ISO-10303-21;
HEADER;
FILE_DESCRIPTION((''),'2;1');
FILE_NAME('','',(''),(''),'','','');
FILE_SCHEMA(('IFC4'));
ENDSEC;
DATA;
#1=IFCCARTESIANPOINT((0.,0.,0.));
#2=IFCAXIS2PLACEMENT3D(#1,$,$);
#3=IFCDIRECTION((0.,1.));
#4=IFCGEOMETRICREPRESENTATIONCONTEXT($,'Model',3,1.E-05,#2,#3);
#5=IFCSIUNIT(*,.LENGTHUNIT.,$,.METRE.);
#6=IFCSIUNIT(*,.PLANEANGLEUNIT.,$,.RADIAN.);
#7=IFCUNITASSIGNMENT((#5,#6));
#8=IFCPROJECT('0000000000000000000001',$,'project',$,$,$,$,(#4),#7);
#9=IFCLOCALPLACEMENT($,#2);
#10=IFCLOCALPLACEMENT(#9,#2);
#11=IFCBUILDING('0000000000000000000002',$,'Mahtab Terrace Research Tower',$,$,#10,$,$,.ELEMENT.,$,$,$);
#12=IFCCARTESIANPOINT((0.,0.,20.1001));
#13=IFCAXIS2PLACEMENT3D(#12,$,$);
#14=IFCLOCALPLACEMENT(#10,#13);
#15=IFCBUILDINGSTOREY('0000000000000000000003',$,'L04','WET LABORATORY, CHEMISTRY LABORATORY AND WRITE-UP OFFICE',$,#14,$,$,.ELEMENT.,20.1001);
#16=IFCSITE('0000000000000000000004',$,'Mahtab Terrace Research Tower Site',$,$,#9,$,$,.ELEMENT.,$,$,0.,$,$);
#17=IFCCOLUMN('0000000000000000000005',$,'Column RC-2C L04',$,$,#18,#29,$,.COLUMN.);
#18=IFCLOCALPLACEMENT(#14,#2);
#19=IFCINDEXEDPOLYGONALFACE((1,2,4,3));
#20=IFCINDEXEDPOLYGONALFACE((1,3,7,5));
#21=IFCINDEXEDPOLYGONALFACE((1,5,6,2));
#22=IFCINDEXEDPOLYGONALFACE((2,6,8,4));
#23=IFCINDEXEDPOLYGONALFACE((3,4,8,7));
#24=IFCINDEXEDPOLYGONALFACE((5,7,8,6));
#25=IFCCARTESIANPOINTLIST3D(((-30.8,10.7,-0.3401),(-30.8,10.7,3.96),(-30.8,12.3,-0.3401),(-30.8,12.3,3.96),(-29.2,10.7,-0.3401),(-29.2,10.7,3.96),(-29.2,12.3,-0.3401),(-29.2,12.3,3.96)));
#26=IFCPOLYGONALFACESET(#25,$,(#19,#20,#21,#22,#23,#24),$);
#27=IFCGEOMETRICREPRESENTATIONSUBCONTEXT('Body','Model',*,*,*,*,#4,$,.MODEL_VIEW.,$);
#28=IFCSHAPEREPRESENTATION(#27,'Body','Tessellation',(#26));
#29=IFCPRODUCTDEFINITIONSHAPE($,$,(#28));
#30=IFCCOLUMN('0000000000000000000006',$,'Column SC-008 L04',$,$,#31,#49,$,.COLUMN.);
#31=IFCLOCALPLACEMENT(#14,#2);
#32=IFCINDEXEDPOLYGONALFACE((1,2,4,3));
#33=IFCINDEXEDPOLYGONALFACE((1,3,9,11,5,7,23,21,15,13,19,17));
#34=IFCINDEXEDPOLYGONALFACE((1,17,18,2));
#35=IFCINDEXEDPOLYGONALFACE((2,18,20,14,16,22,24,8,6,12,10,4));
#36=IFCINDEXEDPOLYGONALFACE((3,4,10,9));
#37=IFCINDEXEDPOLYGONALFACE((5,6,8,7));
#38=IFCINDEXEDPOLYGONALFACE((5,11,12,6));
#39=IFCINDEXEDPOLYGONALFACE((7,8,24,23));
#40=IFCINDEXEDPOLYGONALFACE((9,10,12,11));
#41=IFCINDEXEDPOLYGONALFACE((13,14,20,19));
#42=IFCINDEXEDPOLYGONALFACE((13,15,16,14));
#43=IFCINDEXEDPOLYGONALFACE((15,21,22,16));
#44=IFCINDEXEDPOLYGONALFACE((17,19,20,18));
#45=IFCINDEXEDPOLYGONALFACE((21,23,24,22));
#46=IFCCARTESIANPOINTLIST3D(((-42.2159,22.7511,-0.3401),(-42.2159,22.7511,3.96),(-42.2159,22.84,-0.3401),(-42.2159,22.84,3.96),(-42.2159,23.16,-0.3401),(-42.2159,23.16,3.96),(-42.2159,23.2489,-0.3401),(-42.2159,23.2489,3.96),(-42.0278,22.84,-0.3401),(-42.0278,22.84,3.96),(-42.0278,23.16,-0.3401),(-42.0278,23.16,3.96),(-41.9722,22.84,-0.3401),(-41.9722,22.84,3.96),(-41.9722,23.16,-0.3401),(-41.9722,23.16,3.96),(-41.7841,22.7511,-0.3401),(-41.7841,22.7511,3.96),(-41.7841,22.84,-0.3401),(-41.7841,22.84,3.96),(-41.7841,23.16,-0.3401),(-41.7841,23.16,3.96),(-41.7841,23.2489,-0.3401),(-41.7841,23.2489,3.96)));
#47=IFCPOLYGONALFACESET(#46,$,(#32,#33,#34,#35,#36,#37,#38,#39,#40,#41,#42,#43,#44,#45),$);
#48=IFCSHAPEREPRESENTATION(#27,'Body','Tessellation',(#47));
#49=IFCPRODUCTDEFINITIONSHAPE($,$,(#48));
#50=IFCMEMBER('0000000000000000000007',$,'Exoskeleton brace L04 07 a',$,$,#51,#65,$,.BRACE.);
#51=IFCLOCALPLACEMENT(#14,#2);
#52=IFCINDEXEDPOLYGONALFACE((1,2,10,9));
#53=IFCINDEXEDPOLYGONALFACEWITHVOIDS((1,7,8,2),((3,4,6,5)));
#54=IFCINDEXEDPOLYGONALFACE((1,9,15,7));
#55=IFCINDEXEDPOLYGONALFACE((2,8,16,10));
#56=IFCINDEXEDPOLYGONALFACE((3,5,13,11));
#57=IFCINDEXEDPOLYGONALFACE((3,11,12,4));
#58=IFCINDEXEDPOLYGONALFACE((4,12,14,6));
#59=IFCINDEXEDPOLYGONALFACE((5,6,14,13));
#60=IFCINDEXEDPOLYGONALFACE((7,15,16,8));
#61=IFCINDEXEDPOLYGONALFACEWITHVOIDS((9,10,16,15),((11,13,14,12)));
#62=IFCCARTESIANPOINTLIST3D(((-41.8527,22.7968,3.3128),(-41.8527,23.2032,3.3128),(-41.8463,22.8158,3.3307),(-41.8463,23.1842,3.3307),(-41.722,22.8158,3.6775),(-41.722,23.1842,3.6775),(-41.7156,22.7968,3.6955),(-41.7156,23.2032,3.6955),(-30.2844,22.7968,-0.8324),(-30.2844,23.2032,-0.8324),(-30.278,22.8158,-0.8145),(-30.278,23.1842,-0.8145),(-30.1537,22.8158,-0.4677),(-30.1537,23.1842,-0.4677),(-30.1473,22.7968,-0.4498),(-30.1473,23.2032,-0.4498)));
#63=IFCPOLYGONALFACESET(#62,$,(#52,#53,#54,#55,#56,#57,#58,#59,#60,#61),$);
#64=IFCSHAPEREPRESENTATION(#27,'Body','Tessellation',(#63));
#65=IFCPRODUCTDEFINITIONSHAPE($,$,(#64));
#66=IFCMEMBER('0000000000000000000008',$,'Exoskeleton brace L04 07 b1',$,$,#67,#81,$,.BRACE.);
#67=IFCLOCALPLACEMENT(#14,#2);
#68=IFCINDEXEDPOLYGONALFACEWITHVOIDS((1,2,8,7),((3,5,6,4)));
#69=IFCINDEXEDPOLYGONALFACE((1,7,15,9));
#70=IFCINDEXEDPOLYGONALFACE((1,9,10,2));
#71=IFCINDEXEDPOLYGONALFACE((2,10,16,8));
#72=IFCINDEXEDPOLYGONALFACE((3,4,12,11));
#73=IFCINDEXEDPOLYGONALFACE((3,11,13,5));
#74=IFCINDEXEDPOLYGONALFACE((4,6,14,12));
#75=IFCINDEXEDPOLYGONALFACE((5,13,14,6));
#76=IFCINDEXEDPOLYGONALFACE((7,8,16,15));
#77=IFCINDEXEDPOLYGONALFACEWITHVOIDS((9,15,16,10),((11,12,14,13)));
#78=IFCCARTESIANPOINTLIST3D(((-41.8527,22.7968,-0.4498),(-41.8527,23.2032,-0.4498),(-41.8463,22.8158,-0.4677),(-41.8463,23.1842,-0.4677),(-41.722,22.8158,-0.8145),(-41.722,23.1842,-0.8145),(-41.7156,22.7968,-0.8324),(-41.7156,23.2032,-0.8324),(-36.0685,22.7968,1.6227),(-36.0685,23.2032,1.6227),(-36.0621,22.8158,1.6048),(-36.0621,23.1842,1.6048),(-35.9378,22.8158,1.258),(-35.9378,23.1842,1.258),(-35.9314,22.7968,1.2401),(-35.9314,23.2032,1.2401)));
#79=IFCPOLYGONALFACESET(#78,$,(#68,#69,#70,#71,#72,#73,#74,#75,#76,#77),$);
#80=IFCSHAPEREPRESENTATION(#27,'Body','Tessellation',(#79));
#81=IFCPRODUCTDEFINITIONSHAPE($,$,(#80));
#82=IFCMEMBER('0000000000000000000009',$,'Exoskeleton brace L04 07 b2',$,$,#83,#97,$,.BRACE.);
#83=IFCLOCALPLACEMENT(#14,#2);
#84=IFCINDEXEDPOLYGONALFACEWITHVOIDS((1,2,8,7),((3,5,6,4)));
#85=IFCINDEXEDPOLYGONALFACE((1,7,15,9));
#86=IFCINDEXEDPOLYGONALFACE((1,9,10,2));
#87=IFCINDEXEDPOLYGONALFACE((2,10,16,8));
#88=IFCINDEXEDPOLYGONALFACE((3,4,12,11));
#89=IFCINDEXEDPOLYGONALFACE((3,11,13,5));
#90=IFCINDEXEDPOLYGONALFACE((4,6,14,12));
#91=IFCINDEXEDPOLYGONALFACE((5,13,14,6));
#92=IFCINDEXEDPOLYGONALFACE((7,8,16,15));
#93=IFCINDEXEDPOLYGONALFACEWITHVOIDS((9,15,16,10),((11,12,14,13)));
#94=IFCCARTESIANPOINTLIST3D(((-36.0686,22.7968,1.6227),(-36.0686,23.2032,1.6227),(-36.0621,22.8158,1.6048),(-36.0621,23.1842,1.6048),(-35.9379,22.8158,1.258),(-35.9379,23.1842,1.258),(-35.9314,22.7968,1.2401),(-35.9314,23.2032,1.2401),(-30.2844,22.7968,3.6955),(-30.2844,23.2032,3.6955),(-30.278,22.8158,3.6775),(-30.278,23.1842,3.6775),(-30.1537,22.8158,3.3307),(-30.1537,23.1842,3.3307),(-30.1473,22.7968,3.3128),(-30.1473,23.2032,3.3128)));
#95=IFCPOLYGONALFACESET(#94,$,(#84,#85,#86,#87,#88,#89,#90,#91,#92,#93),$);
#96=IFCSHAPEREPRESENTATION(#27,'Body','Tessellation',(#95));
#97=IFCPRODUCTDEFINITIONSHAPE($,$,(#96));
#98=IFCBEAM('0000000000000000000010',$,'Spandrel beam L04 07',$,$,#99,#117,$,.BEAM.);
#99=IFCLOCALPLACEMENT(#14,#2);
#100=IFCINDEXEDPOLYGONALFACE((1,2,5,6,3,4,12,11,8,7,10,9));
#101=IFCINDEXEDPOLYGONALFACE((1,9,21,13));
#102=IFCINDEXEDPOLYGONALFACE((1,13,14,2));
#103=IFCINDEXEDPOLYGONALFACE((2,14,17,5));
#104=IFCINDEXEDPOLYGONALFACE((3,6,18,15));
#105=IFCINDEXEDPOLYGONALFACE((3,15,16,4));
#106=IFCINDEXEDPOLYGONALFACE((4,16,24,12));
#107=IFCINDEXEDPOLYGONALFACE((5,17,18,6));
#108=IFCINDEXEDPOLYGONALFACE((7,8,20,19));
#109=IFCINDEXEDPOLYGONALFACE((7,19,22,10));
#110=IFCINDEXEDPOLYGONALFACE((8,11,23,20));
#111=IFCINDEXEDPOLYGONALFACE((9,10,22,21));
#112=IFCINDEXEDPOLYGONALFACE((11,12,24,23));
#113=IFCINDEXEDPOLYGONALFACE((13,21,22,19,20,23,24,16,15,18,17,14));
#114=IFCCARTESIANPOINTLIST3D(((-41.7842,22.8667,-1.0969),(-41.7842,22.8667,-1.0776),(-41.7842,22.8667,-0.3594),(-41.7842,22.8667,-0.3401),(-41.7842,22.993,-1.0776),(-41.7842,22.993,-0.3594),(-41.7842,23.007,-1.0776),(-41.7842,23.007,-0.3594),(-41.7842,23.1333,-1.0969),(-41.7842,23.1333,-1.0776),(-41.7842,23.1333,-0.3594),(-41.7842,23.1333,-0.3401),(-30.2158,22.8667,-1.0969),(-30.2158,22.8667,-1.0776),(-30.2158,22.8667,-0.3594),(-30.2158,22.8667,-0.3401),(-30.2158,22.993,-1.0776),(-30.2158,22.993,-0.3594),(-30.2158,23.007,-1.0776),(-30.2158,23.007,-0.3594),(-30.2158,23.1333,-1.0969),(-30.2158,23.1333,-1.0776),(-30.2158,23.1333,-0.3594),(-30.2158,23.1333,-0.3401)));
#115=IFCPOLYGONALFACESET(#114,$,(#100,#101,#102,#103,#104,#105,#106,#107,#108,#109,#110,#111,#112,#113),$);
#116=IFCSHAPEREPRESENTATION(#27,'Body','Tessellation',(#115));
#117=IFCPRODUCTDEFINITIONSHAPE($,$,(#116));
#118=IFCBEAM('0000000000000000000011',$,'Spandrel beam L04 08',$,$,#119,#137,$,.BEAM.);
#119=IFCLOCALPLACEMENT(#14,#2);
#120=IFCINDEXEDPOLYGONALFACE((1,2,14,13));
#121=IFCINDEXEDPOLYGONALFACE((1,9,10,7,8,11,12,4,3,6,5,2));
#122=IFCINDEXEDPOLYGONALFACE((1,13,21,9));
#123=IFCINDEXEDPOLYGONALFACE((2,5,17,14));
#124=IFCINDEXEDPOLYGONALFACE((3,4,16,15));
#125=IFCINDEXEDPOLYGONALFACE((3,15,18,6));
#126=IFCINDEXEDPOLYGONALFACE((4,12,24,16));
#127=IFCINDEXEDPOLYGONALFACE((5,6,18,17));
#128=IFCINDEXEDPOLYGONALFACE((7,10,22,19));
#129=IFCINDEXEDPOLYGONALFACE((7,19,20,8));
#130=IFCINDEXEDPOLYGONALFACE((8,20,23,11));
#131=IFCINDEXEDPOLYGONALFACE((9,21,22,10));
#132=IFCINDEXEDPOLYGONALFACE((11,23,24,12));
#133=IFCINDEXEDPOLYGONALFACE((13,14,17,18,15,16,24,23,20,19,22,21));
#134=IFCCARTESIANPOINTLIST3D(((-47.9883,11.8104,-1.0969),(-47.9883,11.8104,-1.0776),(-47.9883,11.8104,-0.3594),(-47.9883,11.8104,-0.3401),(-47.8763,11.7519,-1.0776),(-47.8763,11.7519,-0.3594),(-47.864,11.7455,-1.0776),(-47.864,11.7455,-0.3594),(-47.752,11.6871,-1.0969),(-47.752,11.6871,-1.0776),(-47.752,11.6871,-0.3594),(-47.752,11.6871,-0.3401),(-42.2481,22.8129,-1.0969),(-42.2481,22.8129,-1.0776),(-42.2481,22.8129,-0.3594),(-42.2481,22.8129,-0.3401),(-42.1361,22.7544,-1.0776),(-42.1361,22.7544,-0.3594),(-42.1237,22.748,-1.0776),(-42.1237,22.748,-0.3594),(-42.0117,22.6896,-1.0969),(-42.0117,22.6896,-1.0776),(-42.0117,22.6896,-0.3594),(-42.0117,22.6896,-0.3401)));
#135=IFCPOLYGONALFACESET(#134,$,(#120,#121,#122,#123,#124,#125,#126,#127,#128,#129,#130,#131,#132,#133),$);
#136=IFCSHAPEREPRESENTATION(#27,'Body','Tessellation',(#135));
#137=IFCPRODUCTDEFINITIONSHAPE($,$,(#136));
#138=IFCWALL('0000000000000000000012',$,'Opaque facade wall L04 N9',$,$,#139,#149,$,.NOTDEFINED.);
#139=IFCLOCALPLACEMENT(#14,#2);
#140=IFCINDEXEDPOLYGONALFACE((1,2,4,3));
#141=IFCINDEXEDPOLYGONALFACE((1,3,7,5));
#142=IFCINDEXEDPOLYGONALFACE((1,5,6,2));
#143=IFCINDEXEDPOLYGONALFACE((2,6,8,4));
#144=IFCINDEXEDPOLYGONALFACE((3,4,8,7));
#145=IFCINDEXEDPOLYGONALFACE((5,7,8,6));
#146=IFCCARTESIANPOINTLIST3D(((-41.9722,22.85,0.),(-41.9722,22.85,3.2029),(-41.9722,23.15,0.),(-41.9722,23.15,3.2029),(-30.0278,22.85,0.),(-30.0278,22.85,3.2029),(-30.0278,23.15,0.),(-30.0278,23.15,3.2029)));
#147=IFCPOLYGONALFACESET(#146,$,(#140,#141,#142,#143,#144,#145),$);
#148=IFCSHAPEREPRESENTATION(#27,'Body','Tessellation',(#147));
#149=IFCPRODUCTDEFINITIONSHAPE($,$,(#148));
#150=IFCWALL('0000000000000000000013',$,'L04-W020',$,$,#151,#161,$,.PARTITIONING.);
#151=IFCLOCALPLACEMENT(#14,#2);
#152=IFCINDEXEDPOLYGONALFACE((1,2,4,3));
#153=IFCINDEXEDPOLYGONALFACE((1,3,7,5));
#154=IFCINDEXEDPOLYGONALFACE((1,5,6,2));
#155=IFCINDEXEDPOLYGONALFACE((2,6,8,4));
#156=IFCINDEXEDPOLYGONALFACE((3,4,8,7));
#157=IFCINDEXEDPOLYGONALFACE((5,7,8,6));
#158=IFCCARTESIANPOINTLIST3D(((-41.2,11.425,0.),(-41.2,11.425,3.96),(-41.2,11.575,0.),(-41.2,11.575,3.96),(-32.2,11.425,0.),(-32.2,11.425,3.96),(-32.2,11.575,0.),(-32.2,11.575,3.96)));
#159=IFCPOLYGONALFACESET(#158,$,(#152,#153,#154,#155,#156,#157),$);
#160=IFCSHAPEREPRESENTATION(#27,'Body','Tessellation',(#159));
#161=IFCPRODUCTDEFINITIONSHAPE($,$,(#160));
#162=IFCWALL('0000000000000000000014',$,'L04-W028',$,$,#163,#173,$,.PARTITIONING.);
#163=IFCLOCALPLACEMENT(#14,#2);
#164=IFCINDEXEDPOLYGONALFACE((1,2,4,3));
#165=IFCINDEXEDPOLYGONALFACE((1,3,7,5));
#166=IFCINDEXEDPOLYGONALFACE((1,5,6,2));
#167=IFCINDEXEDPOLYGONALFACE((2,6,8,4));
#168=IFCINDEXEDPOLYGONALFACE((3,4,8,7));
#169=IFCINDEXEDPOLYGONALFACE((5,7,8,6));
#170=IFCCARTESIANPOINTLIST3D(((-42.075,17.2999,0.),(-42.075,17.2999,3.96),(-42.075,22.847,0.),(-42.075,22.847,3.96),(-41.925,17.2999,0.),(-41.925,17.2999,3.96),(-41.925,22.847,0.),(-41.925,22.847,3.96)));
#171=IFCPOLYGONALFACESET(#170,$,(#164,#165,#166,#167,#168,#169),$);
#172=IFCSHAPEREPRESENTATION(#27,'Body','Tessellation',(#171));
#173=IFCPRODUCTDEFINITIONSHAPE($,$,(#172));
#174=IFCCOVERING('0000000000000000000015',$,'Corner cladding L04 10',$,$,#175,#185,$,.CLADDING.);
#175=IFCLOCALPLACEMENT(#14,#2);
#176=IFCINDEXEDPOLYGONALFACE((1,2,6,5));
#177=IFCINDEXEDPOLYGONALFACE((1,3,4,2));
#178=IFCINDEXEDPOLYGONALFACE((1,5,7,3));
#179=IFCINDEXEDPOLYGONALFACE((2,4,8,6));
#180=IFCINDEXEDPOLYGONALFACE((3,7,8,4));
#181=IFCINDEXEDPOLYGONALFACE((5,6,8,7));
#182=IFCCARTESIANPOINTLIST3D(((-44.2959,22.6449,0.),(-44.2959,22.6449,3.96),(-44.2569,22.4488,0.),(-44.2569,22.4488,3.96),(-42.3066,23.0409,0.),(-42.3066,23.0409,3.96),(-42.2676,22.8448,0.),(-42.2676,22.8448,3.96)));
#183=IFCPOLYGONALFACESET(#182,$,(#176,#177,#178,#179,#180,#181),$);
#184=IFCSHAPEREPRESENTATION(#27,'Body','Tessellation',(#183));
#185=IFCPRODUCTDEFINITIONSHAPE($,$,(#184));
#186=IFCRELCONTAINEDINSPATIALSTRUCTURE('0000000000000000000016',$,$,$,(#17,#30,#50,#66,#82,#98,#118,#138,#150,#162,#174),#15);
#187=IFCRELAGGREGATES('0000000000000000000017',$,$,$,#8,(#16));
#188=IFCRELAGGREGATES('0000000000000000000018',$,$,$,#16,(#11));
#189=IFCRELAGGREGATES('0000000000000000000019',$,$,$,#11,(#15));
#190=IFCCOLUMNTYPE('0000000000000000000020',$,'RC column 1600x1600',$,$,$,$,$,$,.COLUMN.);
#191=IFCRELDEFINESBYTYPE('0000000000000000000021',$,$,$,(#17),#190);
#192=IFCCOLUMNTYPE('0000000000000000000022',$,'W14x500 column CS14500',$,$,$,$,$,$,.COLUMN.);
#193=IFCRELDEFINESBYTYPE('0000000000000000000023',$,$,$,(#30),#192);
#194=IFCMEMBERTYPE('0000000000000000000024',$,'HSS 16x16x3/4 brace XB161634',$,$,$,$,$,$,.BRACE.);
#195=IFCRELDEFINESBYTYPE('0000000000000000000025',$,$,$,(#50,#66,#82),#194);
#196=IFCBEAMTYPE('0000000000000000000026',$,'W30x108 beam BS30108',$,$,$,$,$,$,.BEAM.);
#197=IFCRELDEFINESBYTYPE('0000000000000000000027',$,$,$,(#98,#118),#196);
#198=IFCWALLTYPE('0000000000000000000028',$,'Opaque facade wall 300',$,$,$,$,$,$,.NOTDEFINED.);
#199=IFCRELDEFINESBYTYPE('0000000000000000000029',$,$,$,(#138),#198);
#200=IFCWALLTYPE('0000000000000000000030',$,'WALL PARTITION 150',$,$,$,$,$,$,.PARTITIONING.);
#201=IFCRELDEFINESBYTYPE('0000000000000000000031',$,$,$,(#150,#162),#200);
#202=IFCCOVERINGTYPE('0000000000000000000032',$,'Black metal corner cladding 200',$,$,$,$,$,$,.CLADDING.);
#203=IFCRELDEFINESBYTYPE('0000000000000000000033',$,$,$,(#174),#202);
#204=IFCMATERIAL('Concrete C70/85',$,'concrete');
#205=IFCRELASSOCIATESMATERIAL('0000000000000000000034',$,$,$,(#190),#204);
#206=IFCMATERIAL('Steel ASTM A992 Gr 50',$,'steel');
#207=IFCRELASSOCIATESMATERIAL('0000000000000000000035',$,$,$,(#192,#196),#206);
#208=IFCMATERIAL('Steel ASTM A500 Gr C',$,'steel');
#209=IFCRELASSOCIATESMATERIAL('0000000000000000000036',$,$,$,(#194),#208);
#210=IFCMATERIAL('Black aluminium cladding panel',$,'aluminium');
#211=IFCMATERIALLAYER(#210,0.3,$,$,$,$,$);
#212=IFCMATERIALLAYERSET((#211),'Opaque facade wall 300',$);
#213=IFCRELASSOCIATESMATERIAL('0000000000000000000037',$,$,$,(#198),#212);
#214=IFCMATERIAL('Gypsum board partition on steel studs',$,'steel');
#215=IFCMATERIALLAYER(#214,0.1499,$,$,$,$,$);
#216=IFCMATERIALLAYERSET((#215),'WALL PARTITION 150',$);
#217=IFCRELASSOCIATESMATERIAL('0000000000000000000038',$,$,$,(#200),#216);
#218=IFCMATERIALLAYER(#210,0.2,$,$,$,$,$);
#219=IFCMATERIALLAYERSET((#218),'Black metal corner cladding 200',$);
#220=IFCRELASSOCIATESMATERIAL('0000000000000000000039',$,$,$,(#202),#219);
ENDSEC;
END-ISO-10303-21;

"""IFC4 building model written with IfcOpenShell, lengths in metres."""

from ifc_helpers import new_model, si_unit, direction, frame, frame_2d, origin, origin_2d, place, context, subcontext, project, spatial, rectangle, hollow_rectangle, i_section, extrude, material, layer, layer_set, material_profile, profile_set, type_object, element, save


model = new_model("IFC4")

# Units and contexts
model_context = context("Model", 3, precision=1e-05, world=origin(), true_north=direction((0.0, 1.0)))
body_context = subcontext(model_context, "Body", "Model", "MODEL_VIEW")
ifc_project = project(units=[si_unit("LENGTHUNIT", "METRE"), si_unit("PLANEANGLEUNIT", "RADIAN")], contexts=[model_context])

# Site, building, storey
site_placement = place(None, origin())
site = spatial("IfcSite", under=ifc_project, at=site_placement, Name="Mahtab Terrace Research Tower Site", CompositionType="ELEMENT", RefElevation=0.0)
building_placement = place(site_placement, origin())
building = spatial("IfcBuilding", under=site, at=building_placement, Name="Mahtab Terrace Research Tower", CompositionType="ELEMENT")
storey_placement = place(building_placement, frame((0.0, 0.0, 20.1001)))
storey = spatial("IfcBuildingStorey", under=building, at=storey_placement, Name="L04", Description="WET LABORATORY, CHEMISTRY LABORATORY AND WRITE-UP OFFICE", CompositionType="ELEMENT", Elevation=20.1001)

# Columns
ifc_material_1 = material(Name="Concrete C70/85", Category="concrete")
ifc_material_profile_1 = material_profile(ifc_material_1, rectangle(XDim=1.6001, YDim=1.6001, at=origin_2d()), Name="RC column 1600x1600")
ifc_profile_set_1 = profile_set([ifc_material_profile_1], Name="Concrete C70/85")
column_type_1 = type_object("IfcColumnType", Name="RC column 1600x1600", PredefinedType="COLUMN", material=ifc_profile_set_1)
column_1_placement = place(storey_placement, frame((-30.0, 11.5, -0.3401), z_axis=(0.0, 0.0, 1.0), x_axis=(1.0, 0.0, 0.0)))
element("IfcColumn", 1, at=column_1_placement, inside=storey, type_object=column_type_1, Name="Column RC-2C L04", PredefinedType="COLUMN", context=body_context, shape_type="SweptSolid", body=[
    extrude(rectangle(XDim=1.6001, YDim=1.6001, at=origin_2d()), origin(), (0.0, 0.0, 1.0), 4.3),
])
ifc_material_2 = material(Name="Steel ASTM A992 Gr 50", Category="steel")
ifc_material_profile_2 = material_profile(ifc_material_2, i_section(OverallWidth=0.4319, OverallDepth=0.4978, WebThickness=0.0557, FlangeThickness=0.0889, at=origin_2d()), Name="W14X500")
ifc_profile_set_2 = profile_set([ifc_material_profile_2], Name="Steel ASTM A992 Gr 50")
column_type_2 = type_object("IfcColumnType", Name="W14x500 column CS14500", PredefinedType="COLUMN", material=ifc_profile_set_2)
column_2_placement = place(storey_placement, frame((-42.0, 23.0, -0.3401), z_axis=(0.0, 0.0, 1.0), x_axis=(1.0, 0.0, 0.0)))
element("IfcColumn", 2, at=column_2_placement, inside=storey, type_object=column_type_2, Name="Column SC-008 L04", PredefinedType="COLUMN", context=body_context, shape_type="SweptSolid", body=[
    extrude(i_section(OverallWidth=0.4319, OverallDepth=0.4978, WebThickness=0.0557, FlangeThickness=0.0889, at=origin_2d()), origin(), (0.0, 0.0, 1.0), 4.3),
])

# Members
ifc_material_3 = material(Name="Steel ASTM A500 Gr C", Category="steel")
ifc_material_profile_3 = material_profile(ifc_material_3, hollow_rectangle(XDim=0.4065, YDim=0.4065, WallThickness=0.019, at=origin_2d()), Name="HSS16X16X3/4")
ifc_profile_set_3 = profile_set([ifc_material_profile_3], Name="Steel ASTM A500 Gr C")
member_type = type_object("IfcMemberType", Name="HSS 16x16x3/4 brace XB161634", PredefinedType="BRACE", material=ifc_profile_set_3)
member_placement = place(storey_placement, frame((-30.2158, 23.0, -0.6411), z_axis=(-0.941388, 0.0, 0.337325), x_axis=(0.0, -1.0, 0.0)))
element("IfcMember", 3, at=member_placement, inside=storey, type_object=member_type, Name="Exoskeleton brace L04 07 a", PredefinedType="BRACE", context=body_context, shape_type="SweptSolid", body=[
    extrude(hollow_rectangle(XDim=0.4065, YDim=0.4065, WallThickness=0.019, at=origin_2d()), origin(), (0.0, 0.0, 1.0), 12.2886),
])
for number, where, z_axis, x_axis, name in (
    (4, (-41.7842, 23.0, -0.6411), (0.941394, 0.0, 0.337308), (0.0, 1.0, 0.0), "Exoskeleton brace L04 07 b1"),
    (5, (-36.0, 23.0, 1.4314), (0.941382, 0.0, 0.337343), (0.0, 1.0, 0.0), "Exoskeleton brace L04 07 b2"),
):
    element("IfcMember", number, at=place(storey_placement, frame(where, z_axis=z_axis, x_axis=x_axis)), inside=storey, type_object=member_type, Name=name, PredefinedType="BRACE", context=body_context, shape_type="SweptSolid", body=[
        extrude(hollow_rectangle(XDim=0.4065, YDim=0.4065, WallThickness=0.019, at=origin_2d()), origin(), (0.0, 0.0, 1.0), 6.1443),
    ])

# Beams
ifc_material_profile_4 = material_profile(ifc_material_2, i_section(OverallWidth=0.2666, OverallDepth=0.7568, WebThickness=0.0139, FlangeThickness=0.0193, at=origin_2d()), Name="W30X108")
ifc_profile_set_4 = profile_set([ifc_material_profile_4], Name="Steel ASTM A992 Gr 50")
beam_type = type_object("IfcBeamType", Name="W30x108 beam BS30108", PredefinedType="BEAM", material=ifc_profile_set_4)
beam_1_placement = place(storey_placement, frame((-30.2158, 23.0, -0.7185), z_axis=(-1.0, 0.0, 0.0), x_axis=(0.0, -1.0, 0.0)))
element("IfcBeam", 6, at=beam_1_placement, inside=storey, type_object=beam_type, Name="Spandrel beam L04 07", PredefinedType="BEAM", context=body_context, shape_type="SweptSolid", body=[
    extrude(i_section(OverallWidth=0.2666, OverallDepth=0.7568, WebThickness=0.0139, FlangeThickness=0.0193, at=origin_2d()), origin(), (0.0, 0.0, 1.0), 11.5684),
])
beam_2_placement = place(storey_placement, frame((-42.1299, 22.7512, -0.7185), z_axis=(-0.462555, -0.88659, 0.0), x_axis=(0.88659, -0.462555, 0.0)))
element("IfcBeam", 7, at=beam_2_placement, inside=storey, type_object=beam_type, Name="Spandrel beam L04 08", PredefinedType="BEAM", context=body_context, shape_type="SweptSolid", body=[
    extrude(i_section(OverallWidth=0.2666, OverallDepth=0.7568, WebThickness=0.0139, FlangeThickness=0.0193, at=origin_2d()), origin(), (0.0, 0.0, 1.0), 12.4099),
])

# Walls
ifc_material_4 = material(Name="Black aluminium cladding panel", Category="aluminium")
ifc_layer_1 = layer(ifc_material_4, 0.3)
ifc_layer_set_1 = layer_set([ifc_layer_1], Name="Opaque facade wall 300")
wall_type_1 = type_object("IfcWallType", Name="Opaque facade wall 300", PredefinedType="NOTDEFINED", material=ifc_layer_set_1)
wall_1_placement = place(storey_placement, frame((-30.0278, 23.0, 0.0), z_axis=(0.0, 0.0, 1.0), x_axis=(-1.0, 0.0, 0.0)))
element("IfcWall", 8, at=wall_1_placement, inside=storey, type_object=wall_type_1, Name="Opaque facade wall L04 N9", PredefinedType="NOTDEFINED", context=body_context, shape_type="SweptSolid", body=[
    extrude(rectangle(XDim=11.9443, YDim=0.3, at=frame_2d((5.9722, 0.0))), origin(), (0.0, 0.0, 1.0), 3.2029),
])
ifc_material_5 = material(Name="Gypsum board partition on steel studs", Category="steel")
ifc_layer_2 = layer(ifc_material_5, 0.1499)
ifc_layer_set_2 = layer_set([ifc_layer_2], Name="WALL PARTITION 150")
wall_type_2 = type_object("IfcWallType", Name="WALL PARTITION 150", PredefinedType="PARTITIONING", material=ifc_layer_set_2)
wall_2_placement = place(storey_placement, frame((-41.2, 11.5, 0.0), z_axis=(0.0, 0.0, 1.0), x_axis=(1.0, 0.0, 0.0)))
element("IfcWall", 9, at=wall_2_placement, inside=storey, type_object=wall_type_2, Name="L04-W020", PredefinedType="PARTITIONING", context=body_context, shape_type="SweptSolid", body=[
    extrude(rectangle(XDim=9.0, YDim=0.1499, at=frame_2d((4.5, 0.0))), origin(), (0.0, 0.0, 1.0), 3.96),
])
wall_3_placement = place(storey_placement, frame((-42.0, 17.3, 0.0), z_axis=(0.0, 0.0, 1.0), x_axis=(0.0, 1.0, 0.0)))
element("IfcWall", 10, at=wall_3_placement, inside=storey, type_object=wall_type_2, Name="L04-W028", PredefinedType="PARTITIONING", context=body_context, shape_type="SweptSolid", body=[
    extrude(rectangle(XDim=5.5471, YDim=0.1499, at=frame_2d((2.7734, 0.0))), origin(), (0.0, 0.0, 1.0), 3.96),
])

# Covering
ifc_layer_3 = layer(ifc_material_4, 0.2)
ifc_layer_set_3 = layer_set([ifc_layer_3], Name="Black metal corner cladding 200")
covering_type = type_object("IfcCoveringType", Name="Black metal corner cladding 200", PredefinedType="CLADDING", material=ifc_layer_set_3)
covering_1_placement = place(storey_placement, frame((-43.2817, 22.7449, 0.0), z_axis=(0.0, 0.0, 1.0), x_axis=(-0.980761, -0.195212, 0.0)))
element("IfcCovering", 11, at=covering_1_placement, inside=storey, type_object=covering_type, Name="Corner cladding L04 10", PredefinedType="CLADDING", context=body_context, shape_type="SweptSolid", body=[
    extrude(rectangle(XDim=2.0283, YDim=0.2, at=origin_2d()), origin(), (0.0, 0.0, 1.0), 3.96),
])

save(model, "model.ifc")
